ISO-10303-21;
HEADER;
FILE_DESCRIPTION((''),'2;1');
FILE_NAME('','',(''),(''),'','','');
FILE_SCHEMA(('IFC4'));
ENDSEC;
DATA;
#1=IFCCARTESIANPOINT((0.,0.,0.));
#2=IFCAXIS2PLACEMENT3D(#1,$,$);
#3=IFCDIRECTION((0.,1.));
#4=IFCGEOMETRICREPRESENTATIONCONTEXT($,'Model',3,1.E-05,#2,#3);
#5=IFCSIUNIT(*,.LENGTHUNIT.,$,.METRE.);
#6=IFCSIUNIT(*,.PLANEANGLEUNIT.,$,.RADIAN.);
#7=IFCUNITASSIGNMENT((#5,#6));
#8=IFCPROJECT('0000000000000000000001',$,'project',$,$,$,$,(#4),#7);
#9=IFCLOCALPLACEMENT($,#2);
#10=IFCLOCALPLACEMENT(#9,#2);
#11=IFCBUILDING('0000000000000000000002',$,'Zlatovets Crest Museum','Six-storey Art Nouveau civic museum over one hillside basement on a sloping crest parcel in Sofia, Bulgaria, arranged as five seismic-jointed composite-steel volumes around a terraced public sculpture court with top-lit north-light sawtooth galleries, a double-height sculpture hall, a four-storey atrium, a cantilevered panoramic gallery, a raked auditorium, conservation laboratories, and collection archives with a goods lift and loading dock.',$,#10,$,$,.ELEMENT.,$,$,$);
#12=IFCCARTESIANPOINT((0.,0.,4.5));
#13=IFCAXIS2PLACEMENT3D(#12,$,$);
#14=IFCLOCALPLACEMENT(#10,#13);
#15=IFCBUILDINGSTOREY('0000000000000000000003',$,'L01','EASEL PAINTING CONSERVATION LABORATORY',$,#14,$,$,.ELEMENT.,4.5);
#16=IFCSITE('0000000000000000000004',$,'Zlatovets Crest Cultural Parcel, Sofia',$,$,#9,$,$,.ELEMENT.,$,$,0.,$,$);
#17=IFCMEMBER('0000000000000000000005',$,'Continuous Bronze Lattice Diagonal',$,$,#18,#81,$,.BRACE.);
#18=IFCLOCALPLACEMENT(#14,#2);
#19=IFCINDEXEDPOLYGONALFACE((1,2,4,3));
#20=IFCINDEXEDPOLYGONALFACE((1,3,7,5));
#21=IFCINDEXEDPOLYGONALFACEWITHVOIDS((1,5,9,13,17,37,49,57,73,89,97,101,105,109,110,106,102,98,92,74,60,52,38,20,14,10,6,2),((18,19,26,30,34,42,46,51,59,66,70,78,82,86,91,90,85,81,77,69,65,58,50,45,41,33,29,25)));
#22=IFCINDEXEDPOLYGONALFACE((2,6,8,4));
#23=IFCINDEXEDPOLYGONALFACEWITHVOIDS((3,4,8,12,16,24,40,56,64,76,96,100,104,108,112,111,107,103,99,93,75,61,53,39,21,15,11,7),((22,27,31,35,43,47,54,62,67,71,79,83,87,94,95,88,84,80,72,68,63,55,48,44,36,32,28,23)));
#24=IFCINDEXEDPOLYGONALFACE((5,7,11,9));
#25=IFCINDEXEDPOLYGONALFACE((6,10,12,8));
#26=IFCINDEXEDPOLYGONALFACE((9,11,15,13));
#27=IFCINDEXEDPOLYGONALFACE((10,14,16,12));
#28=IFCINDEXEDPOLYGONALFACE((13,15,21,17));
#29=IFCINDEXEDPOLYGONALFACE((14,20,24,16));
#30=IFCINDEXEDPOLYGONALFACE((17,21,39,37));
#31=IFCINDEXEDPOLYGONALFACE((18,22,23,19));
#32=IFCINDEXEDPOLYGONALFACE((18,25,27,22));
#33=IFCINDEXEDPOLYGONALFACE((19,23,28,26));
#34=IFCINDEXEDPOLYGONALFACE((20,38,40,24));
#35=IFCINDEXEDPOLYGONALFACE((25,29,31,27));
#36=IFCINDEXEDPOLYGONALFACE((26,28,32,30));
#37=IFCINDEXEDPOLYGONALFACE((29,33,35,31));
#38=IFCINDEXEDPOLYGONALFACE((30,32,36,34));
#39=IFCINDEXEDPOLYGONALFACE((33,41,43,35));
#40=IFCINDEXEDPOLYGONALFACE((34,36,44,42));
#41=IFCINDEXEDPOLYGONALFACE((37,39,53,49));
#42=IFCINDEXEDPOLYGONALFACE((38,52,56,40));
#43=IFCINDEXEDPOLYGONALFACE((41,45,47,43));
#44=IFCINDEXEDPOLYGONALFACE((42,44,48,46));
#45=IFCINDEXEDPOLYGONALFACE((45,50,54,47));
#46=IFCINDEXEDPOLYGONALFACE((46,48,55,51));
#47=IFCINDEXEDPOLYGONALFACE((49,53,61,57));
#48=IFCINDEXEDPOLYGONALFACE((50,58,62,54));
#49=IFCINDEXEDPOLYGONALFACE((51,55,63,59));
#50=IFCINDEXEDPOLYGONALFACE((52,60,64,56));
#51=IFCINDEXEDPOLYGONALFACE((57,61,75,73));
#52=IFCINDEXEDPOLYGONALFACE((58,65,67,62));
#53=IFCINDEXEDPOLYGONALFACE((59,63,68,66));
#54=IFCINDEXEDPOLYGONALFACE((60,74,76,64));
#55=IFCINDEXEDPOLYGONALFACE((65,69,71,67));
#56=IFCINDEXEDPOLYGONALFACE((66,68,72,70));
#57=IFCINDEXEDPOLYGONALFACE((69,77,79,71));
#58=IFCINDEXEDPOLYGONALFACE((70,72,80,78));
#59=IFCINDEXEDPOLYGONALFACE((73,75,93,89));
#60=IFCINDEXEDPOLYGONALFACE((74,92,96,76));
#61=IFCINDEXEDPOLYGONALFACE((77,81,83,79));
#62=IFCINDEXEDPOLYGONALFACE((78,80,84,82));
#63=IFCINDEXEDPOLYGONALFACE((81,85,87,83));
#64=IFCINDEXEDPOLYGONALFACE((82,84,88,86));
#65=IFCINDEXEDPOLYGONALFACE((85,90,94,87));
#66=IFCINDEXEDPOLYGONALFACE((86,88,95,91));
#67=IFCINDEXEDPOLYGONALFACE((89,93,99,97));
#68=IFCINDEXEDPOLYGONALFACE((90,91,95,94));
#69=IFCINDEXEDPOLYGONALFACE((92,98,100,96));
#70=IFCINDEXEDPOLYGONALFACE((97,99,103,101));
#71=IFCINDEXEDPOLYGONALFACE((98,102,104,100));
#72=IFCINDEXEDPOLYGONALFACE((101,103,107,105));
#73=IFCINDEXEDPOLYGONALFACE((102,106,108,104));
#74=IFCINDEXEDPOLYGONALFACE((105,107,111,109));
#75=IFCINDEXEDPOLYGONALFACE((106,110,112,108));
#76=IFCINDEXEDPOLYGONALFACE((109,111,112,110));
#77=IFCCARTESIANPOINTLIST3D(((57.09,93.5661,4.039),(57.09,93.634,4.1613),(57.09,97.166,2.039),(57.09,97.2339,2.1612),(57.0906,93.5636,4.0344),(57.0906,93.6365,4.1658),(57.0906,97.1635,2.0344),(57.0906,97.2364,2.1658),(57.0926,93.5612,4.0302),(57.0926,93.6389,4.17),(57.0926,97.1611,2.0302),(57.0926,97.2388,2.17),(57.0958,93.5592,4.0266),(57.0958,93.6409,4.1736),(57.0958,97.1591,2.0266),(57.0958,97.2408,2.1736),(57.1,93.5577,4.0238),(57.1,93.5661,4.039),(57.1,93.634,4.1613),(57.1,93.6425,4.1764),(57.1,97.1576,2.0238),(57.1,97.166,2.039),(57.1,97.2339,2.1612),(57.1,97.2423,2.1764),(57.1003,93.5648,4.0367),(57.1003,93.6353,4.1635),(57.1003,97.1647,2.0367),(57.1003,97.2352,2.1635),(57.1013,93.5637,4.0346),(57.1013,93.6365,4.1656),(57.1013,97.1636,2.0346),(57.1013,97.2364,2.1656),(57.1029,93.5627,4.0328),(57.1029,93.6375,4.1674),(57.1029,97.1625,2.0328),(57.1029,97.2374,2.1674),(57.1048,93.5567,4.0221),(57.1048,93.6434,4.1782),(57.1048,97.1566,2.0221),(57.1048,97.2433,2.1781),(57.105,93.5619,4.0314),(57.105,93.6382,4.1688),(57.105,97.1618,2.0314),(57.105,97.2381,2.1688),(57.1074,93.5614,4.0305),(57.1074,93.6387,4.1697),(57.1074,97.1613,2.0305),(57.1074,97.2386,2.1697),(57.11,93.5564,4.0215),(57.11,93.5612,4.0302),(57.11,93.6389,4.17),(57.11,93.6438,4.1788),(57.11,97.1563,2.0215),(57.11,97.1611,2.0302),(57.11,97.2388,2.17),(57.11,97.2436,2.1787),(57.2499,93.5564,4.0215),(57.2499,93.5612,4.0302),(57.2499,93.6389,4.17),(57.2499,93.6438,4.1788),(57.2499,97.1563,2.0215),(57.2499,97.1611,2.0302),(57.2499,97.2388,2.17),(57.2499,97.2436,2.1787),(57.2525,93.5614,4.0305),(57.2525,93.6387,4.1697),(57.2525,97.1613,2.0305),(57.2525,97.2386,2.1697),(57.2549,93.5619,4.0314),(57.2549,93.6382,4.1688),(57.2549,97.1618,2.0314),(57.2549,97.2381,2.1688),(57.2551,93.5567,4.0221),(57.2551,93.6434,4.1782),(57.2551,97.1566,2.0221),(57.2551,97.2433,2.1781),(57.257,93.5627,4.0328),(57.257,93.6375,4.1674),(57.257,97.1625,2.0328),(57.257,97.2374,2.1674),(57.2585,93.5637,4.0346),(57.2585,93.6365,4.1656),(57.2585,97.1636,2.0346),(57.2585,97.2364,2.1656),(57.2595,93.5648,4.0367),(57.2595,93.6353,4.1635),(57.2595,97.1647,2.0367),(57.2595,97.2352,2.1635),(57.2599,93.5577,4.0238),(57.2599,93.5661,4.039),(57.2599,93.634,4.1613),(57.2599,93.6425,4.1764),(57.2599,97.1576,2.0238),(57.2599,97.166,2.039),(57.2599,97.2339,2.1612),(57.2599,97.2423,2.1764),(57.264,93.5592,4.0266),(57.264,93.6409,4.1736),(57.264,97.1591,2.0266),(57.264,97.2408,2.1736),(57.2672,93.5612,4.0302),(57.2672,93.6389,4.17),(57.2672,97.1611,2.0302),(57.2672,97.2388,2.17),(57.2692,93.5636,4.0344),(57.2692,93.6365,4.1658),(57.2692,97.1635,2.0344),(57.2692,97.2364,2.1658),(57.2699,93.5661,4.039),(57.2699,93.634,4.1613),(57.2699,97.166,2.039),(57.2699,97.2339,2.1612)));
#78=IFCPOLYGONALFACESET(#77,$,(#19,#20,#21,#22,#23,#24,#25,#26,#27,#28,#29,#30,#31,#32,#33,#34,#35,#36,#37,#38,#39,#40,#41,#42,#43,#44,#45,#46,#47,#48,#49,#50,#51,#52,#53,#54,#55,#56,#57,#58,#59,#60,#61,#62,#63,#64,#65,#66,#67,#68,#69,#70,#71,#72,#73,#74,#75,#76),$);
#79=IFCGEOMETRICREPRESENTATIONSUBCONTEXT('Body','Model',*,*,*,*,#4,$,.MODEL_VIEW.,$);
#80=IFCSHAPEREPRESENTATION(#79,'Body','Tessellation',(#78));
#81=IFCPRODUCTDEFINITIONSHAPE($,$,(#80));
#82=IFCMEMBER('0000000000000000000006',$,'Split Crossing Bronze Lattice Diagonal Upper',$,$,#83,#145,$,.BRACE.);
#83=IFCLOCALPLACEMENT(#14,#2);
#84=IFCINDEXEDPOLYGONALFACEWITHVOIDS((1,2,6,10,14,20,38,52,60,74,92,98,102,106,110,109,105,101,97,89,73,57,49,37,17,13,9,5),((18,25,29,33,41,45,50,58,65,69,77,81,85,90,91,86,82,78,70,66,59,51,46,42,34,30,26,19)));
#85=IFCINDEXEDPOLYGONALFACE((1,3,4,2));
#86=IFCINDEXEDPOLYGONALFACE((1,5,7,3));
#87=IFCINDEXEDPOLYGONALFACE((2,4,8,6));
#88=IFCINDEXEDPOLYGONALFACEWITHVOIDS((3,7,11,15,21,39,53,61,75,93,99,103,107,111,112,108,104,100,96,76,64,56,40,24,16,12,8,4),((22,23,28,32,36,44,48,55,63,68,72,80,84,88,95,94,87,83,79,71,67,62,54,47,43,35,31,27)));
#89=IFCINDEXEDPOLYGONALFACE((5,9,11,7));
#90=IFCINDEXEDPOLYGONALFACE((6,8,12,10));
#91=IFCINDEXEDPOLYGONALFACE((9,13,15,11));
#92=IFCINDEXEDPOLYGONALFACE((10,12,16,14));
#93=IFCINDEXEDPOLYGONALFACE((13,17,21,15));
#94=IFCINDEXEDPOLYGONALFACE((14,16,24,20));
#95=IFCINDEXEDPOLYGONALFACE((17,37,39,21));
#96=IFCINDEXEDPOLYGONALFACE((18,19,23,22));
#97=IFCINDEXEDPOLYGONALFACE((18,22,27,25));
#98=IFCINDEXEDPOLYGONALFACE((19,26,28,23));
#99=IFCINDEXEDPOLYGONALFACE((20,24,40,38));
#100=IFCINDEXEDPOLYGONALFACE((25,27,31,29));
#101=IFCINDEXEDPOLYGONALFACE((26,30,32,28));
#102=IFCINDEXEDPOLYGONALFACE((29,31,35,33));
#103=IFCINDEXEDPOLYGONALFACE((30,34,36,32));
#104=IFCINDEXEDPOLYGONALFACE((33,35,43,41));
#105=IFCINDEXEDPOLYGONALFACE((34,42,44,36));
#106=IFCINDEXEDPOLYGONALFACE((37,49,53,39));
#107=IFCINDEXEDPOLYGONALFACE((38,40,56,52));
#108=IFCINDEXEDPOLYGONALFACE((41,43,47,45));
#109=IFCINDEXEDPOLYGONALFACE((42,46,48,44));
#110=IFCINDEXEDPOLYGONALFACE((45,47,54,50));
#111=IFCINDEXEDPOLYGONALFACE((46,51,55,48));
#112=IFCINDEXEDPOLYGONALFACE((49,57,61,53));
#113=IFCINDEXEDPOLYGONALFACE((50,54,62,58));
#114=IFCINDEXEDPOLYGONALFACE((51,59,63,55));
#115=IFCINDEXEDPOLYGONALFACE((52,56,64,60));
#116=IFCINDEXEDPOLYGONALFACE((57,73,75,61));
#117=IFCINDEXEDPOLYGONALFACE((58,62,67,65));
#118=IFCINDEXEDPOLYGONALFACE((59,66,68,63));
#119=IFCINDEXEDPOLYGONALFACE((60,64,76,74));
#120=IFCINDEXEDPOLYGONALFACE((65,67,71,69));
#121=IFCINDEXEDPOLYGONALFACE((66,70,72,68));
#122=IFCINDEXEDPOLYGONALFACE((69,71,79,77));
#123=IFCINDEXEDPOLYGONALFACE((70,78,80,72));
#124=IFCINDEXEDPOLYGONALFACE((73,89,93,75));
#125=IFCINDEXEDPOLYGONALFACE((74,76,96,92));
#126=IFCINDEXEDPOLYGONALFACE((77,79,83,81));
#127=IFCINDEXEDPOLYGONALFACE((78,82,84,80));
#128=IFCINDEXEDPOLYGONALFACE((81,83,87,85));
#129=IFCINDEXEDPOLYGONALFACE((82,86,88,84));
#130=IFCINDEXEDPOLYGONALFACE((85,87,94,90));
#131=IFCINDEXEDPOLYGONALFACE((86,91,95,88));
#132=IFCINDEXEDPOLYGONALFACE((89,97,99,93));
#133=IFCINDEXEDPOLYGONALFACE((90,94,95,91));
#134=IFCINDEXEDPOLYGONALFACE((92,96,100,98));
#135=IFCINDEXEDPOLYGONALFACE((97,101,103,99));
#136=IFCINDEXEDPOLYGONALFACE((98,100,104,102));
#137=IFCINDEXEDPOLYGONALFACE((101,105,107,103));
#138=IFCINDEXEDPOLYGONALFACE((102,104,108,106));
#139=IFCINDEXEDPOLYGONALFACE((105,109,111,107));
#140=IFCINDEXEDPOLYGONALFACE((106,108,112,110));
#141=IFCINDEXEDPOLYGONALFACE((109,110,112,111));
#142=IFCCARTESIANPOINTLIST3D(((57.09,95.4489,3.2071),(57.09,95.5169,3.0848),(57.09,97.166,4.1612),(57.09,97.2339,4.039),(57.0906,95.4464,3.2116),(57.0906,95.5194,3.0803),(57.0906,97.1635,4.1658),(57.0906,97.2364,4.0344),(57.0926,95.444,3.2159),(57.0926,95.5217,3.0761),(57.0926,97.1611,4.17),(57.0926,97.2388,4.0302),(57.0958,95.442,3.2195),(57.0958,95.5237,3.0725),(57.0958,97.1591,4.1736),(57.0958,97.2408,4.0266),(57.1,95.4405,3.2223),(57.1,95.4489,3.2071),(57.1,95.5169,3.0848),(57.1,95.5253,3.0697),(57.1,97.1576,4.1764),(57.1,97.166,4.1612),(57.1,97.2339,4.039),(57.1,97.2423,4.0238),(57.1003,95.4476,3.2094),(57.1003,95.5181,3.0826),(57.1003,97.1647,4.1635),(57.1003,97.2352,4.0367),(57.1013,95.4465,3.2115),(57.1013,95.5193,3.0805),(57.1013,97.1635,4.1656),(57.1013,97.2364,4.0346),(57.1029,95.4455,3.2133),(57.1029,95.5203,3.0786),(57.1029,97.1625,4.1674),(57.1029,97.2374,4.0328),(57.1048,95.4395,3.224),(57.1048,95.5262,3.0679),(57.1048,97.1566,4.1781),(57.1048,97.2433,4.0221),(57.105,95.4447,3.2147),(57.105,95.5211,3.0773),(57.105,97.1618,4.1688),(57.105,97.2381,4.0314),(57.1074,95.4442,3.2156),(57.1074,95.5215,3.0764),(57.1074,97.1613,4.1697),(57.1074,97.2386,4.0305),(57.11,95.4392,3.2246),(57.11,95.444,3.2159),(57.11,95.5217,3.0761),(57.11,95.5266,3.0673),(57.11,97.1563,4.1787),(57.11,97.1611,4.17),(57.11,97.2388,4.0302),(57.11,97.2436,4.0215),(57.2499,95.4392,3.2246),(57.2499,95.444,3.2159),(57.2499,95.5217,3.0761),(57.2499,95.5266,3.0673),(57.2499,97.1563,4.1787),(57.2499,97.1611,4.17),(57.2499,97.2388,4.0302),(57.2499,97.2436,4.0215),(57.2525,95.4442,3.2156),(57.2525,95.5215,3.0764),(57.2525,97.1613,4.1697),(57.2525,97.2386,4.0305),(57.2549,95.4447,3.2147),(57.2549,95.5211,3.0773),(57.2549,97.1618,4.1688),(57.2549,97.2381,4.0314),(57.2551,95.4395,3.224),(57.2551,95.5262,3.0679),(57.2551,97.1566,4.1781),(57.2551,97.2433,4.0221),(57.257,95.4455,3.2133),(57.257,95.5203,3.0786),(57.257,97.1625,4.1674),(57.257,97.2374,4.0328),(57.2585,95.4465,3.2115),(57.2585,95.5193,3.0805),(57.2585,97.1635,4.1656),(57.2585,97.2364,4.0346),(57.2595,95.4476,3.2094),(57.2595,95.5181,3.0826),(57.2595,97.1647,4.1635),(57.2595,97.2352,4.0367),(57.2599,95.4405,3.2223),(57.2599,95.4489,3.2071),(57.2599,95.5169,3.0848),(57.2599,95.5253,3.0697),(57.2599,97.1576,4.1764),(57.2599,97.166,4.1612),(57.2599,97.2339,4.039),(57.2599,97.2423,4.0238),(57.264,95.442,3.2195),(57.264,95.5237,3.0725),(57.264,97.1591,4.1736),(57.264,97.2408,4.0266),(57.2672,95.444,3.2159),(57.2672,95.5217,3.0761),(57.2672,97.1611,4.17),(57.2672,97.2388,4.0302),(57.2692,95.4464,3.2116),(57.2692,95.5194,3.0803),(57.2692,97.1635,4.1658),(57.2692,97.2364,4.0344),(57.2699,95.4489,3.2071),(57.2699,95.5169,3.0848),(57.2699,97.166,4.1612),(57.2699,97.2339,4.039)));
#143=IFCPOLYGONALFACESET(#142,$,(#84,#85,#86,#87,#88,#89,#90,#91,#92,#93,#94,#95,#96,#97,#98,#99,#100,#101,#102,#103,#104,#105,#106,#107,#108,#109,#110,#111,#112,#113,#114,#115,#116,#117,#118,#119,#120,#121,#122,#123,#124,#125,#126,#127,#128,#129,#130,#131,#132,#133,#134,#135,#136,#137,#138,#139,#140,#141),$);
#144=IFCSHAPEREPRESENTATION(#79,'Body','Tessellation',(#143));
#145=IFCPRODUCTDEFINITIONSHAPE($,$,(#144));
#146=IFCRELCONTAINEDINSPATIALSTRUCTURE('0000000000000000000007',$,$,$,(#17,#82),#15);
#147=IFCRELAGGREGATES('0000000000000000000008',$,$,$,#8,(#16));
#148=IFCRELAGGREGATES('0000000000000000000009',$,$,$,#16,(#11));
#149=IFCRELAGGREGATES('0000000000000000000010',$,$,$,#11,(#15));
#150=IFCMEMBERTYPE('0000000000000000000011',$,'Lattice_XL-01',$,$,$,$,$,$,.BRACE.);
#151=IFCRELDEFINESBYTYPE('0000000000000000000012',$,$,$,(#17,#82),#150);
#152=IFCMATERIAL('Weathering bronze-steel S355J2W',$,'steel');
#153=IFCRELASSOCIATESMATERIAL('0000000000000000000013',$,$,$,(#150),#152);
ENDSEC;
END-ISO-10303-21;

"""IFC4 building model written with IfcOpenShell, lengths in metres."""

from ifc_helpers import new_model, si_unit, direction, frame, origin, origin_2d, place, context, subcontext, project, spatial, hollow_rectangle, extrude, material, material_profile, profile_set, type_object, element, save


model = new_model("IFC4")

# Units and contexts
model_context = context("Model", 3, precision=1e-05, world=origin(), true_north=direction((0.0, 1.0)))
body_context = subcontext(model_context, "Body", "Model", "MODEL_VIEW")
ifc_project = project(units=[si_unit("LENGTHUNIT", "METRE"), si_unit("PLANEANGLEUNIT", "RADIAN")], contexts=[model_context])

# Site, building, storey
site_placement = place(None, origin())
site = spatial("IfcSite", under=ifc_project, at=site_placement, Name="Zlatovets Crest Cultural Parcel, Sofia", CompositionType="ELEMENT", RefElevation=0.0)
building_placement = place(site_placement, origin())
building = spatial("IfcBuilding", under=site, at=building_placement, Name="Zlatovets Crest Museum", Description="Six-storey Art Nouveau civic museum over one hillside basement on a sloping crest parcel in Sofia, Bulgaria, arranged as five seismic-jointed composite-steel volumes around a terraced public sculpture court with top-lit north-light sawtooth galleries, a double-height sculpture hall, a four-storey atrium, a cantilevered panoramic gallery, a raked auditorium, conservation laboratories, and collection archives with a goods lift and loading dock.", CompositionType="ELEMENT")
storey_placement = place(building_placement, frame((0.0, 0.0, 4.5)))
storey = spatial("IfcBuildingStorey", under=building, at=storey_placement, Name="L01", Description="EASEL PAINTING CONSERVATION LABORATORY", CompositionType="ELEMENT", Elevation=4.5)

# Members
ifc_material_1 = material(Name="Weathering bronze-steel S355J2W", Category="steel")
ifc_material_profile_1 = material_profile(ifc_material_1, hollow_rectangle(XDim=0.1799, YDim=0.1799, WallThickness=0.01, InnerFilletRadius=0.01, OuterFilletRadius=0.02, at=origin_2d()), Name="SHS 180x180x10.0")
ifc_profile_set_1 = profile_set([ifc_material_profile_1], Name="Weathering bronze-steel S355J2W")
member_type_1 = type_object("IfcMemberType", Name="Lattice_XL-01", PredefinedType="BRACE", material=ifc_profile_set_1)
member_1_placement = place(storey_placement, frame((57.1799, 97.2, 2.1001), z_axis=(0.0, -0.874149, 0.485658), x_axis=(1.0, 0.0, 0.0)))
element("IfcMember", 1, at=member_1_placement, inside=storey, type_object=member_type_1, Name="Continuous Bronze Lattice Diagonal", PredefinedType="BRACE", context=body_context, shape_type="SweptSolid", body=[
    extrude(hollow_rectangle(XDim=0.1799, YDim=0.1799, WallThickness=0.01, InnerFilletRadius=0.01, OuterFilletRadius=0.02, at=origin_2d()), origin(), (0.0, 0.0, 1.0), 4.1182),
])
member_2_placement = place(storey_placement, frame((57.1799, 97.2, 4.1001), z_axis=(0.0, -0.874116, -0.485717), x_axis=(1.0, 0.0, 0.0)))
element("IfcMember", 2, at=member_2_placement, inside=storey, type_object=member_type_1, Name="Split Crossing Bronze Lattice Diagonal Upper", PredefinedType="BRACE", context=body_context, shape_type="SweptSolid", body=[
    extrude(hollow_rectangle(XDim=0.1799, YDim=0.1799, WallThickness=0.01, InnerFilletRadius=0.01, OuterFilletRadius=0.02, at=origin_2d()), origin(), (0.0, 0.0, 1.0), 1.9644),
])

save(model, "model.ifc")
